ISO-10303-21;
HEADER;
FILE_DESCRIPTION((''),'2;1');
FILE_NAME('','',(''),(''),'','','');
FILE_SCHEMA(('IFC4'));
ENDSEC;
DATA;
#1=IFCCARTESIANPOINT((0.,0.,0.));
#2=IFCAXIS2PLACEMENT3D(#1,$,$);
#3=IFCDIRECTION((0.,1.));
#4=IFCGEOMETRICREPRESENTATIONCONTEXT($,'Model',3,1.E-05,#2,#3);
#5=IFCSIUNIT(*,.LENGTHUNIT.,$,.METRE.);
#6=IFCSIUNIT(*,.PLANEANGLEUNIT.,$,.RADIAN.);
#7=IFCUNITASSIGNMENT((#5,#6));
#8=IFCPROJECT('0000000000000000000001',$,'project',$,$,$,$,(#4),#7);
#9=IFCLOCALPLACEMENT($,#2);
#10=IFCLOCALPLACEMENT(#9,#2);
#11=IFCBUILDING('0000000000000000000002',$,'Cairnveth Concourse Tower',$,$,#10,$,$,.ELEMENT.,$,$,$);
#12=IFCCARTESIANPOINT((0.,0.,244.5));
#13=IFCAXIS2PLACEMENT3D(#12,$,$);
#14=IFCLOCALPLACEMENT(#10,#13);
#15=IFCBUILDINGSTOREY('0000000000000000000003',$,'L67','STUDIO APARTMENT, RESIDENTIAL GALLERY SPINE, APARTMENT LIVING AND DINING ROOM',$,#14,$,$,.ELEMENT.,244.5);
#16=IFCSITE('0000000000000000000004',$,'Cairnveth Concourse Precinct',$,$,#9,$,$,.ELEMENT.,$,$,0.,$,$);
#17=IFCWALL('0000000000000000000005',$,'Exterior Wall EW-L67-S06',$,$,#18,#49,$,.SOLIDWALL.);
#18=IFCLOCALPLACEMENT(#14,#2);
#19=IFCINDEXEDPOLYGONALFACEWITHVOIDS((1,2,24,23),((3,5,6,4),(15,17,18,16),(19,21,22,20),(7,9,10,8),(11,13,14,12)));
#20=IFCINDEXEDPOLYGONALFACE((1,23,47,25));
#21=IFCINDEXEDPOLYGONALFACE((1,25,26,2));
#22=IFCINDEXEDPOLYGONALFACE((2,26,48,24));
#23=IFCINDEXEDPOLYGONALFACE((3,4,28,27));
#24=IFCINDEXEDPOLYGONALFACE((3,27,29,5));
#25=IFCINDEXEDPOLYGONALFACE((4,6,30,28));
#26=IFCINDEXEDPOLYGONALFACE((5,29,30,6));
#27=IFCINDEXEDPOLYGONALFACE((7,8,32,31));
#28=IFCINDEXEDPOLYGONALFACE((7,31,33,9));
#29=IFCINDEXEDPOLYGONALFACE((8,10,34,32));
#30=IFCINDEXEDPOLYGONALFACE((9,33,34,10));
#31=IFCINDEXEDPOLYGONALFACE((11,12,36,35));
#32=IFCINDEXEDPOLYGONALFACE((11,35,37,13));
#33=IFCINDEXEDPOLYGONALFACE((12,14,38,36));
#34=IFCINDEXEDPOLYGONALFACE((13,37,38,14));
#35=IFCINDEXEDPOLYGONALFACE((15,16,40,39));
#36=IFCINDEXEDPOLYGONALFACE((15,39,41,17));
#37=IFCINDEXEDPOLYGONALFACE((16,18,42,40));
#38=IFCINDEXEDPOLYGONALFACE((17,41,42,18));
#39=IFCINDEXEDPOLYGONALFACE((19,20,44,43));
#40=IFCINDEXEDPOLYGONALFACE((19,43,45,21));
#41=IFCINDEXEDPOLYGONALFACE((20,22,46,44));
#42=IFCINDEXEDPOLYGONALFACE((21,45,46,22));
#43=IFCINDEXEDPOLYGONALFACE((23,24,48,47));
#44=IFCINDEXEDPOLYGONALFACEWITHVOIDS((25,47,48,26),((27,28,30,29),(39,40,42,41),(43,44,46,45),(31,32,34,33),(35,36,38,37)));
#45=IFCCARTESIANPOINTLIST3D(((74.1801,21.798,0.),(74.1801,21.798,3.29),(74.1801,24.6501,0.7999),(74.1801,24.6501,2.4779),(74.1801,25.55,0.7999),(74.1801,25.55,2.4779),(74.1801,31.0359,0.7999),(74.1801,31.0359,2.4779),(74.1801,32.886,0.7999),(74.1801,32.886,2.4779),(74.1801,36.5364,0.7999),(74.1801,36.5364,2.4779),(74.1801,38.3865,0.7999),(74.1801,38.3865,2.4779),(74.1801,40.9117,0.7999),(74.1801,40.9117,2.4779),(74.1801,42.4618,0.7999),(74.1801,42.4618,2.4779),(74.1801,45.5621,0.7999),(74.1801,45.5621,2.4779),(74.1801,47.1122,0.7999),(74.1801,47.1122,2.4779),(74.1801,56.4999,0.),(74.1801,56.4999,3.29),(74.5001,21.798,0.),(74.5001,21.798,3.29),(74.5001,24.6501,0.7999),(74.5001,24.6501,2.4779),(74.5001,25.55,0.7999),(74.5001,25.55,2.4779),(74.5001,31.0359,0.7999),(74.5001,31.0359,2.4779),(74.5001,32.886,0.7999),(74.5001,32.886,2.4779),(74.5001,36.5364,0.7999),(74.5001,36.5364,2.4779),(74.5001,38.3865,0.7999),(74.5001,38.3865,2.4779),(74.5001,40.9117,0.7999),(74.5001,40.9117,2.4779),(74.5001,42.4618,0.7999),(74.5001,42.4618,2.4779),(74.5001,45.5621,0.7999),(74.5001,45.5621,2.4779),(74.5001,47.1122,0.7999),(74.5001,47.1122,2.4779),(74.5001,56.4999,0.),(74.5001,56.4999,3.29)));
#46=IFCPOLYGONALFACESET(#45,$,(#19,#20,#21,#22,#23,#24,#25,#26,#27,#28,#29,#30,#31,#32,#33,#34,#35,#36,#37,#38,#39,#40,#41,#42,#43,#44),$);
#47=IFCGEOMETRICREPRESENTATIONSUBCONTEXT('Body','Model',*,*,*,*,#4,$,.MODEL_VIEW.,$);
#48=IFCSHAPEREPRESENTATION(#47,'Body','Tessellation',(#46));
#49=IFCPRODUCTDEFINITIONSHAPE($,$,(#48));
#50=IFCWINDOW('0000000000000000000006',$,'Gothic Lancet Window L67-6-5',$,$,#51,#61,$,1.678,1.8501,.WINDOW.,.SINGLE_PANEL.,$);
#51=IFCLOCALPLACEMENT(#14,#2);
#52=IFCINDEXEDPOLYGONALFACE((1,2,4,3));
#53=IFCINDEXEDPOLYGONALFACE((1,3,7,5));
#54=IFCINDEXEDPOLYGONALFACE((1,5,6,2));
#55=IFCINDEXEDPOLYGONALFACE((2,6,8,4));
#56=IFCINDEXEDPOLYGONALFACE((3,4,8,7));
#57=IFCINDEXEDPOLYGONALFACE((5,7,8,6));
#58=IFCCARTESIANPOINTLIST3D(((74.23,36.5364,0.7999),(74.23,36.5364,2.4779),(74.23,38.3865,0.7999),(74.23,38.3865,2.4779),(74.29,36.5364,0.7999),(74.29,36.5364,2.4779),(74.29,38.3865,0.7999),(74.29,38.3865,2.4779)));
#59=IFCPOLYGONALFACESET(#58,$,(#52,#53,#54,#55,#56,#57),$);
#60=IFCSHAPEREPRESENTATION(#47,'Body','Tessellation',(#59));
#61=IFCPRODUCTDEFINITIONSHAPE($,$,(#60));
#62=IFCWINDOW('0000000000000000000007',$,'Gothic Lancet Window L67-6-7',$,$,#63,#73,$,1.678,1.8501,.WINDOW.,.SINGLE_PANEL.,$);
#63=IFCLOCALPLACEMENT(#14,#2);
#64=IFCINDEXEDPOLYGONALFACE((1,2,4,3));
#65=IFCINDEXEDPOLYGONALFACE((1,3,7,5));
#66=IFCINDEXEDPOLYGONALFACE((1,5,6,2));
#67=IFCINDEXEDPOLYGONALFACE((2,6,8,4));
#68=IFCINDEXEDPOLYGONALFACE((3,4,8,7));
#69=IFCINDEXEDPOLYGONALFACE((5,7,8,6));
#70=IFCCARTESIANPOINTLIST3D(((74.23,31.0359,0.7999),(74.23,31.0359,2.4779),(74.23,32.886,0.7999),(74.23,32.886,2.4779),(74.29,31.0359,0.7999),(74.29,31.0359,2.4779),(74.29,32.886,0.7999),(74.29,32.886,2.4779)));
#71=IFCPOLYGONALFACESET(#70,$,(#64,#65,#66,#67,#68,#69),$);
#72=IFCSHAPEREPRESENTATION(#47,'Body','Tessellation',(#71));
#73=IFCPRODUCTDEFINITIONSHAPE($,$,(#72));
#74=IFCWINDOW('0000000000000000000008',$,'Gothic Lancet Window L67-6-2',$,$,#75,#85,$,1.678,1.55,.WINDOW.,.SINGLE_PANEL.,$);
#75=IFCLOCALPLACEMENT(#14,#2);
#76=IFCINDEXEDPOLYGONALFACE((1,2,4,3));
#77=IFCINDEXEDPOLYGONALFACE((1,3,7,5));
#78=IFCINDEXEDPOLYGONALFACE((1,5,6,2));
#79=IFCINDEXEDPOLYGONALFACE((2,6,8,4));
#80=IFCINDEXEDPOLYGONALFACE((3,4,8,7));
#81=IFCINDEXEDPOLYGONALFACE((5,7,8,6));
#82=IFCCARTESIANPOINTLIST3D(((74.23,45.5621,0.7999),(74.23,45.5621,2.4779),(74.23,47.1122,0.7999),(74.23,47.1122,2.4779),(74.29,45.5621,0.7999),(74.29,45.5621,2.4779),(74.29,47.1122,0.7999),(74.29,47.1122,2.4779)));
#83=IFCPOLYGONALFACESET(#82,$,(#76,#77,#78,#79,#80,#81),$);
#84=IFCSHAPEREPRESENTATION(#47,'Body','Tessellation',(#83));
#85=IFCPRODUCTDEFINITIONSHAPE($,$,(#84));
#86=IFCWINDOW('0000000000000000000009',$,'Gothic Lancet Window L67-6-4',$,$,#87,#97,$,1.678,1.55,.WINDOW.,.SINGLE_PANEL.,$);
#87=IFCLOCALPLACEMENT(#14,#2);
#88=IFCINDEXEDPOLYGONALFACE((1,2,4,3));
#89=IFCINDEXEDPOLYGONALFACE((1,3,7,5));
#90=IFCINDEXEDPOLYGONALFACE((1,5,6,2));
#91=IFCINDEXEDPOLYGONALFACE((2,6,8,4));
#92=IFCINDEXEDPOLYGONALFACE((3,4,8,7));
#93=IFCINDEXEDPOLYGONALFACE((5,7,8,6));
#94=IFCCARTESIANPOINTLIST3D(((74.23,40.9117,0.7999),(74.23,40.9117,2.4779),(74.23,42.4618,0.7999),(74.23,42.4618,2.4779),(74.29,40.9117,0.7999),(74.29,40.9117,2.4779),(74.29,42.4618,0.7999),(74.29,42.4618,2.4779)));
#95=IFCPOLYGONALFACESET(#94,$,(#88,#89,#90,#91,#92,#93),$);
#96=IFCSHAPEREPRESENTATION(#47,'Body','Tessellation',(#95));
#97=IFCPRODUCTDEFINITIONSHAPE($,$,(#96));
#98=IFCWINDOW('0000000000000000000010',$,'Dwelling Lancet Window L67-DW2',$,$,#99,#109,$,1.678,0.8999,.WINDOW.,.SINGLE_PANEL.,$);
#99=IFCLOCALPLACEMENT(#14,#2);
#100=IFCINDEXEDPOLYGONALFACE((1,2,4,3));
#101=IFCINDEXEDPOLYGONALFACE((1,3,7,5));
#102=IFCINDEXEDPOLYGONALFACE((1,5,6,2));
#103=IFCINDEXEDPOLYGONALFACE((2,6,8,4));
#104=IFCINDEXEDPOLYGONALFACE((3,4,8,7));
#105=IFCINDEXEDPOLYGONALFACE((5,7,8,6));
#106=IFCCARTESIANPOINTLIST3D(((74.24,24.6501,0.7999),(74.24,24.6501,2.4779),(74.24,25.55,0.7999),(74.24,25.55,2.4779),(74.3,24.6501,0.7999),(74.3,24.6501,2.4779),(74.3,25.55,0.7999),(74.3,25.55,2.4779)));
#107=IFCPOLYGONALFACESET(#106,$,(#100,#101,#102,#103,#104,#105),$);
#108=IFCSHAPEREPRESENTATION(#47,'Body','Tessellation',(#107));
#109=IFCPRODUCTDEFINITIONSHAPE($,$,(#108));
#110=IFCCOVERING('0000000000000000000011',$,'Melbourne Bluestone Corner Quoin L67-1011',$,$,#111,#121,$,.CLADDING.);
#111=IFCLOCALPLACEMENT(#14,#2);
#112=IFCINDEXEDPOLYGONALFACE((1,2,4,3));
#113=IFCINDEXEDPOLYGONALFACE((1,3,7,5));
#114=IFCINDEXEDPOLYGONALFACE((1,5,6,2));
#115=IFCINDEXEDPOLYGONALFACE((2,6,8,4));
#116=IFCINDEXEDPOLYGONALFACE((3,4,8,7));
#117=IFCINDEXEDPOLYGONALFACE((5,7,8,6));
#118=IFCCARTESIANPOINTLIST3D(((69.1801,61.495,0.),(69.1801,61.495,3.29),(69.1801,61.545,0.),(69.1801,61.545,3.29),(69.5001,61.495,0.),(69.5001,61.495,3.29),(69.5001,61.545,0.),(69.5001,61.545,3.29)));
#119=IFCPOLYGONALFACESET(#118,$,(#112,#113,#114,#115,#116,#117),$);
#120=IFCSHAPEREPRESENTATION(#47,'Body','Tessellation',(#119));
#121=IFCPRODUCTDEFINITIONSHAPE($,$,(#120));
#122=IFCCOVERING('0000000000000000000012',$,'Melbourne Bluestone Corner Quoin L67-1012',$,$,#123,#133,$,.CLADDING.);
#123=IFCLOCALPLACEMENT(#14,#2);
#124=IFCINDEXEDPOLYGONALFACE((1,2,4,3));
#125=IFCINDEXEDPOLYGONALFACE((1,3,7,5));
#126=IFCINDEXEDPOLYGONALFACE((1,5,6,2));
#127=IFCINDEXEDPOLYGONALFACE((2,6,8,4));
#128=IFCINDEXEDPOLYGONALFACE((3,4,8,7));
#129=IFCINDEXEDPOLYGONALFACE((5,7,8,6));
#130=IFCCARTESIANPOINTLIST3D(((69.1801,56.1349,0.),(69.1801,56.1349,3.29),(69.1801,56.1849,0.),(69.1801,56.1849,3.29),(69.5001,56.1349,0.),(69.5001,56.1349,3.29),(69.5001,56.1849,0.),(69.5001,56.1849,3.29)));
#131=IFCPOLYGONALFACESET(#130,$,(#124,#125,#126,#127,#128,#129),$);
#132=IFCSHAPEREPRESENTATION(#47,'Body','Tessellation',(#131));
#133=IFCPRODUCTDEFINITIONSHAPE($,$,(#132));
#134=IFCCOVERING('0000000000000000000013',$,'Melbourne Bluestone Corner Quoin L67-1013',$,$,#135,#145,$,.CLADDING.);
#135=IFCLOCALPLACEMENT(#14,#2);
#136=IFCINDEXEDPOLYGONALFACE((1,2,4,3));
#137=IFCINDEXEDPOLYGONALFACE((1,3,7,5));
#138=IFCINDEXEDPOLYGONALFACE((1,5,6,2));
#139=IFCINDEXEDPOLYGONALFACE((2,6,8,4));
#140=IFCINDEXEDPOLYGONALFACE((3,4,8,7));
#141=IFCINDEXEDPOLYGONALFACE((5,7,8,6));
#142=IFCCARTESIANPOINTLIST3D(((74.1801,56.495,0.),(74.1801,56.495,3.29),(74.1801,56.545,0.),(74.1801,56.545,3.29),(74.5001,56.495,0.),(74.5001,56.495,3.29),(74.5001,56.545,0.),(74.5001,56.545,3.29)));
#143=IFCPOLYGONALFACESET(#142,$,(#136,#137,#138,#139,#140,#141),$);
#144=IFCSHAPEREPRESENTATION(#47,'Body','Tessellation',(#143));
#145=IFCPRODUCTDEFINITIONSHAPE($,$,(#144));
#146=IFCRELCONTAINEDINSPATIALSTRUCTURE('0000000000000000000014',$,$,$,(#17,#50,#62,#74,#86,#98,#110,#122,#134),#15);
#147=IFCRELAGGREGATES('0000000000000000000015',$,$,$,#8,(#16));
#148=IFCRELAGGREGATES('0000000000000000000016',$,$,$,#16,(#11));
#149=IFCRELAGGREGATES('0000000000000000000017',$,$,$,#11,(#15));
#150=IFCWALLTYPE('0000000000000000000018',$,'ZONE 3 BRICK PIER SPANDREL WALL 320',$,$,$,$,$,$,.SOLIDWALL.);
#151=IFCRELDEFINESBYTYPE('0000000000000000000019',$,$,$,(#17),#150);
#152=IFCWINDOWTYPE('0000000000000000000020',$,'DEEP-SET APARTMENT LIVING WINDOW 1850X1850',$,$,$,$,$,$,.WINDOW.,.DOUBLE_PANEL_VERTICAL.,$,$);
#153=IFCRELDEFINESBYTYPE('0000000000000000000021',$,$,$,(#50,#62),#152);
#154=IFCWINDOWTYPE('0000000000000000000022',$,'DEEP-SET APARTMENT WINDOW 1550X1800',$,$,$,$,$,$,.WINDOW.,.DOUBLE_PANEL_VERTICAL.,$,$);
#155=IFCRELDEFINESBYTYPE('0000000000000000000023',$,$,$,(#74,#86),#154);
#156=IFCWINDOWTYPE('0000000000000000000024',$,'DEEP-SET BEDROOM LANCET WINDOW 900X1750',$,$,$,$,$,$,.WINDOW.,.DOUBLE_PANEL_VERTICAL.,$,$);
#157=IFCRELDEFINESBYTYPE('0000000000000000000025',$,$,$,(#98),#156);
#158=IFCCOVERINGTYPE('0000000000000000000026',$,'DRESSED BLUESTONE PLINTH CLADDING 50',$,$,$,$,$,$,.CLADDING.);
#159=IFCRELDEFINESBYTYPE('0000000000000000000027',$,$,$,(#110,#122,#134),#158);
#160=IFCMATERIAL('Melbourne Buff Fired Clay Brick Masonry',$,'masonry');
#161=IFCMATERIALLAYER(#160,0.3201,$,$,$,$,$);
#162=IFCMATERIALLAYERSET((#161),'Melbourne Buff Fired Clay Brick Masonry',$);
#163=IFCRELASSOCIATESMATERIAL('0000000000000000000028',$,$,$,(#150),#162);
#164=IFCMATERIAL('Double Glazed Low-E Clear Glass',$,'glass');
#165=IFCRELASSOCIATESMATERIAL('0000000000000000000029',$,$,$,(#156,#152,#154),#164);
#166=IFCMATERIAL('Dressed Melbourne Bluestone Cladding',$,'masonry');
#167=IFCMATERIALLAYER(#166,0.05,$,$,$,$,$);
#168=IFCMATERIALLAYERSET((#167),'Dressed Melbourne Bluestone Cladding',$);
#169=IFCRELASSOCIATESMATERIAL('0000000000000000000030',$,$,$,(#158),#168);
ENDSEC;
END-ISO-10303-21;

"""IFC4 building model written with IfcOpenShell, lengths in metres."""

from ifc_helpers import new_model, si_unit, direction, frame, frame_2d, origin, place, context, subcontext, project, spatial, rectangle, extrude, material, layer, layer_set, type_object, element, fill, save


model = new_model("IFC4")

# Units and contexts
model_context = context("Model", 3, precision=1e-05, world=origin(), true_north=direction((0.0, 1.0)))
body_context = subcontext(model_context, "Body", "Model", "MODEL_VIEW")
ifc_project = project(units=[si_unit("LENGTHUNIT", "METRE"), si_unit("PLANEANGLEUNIT", "RADIAN")], contexts=[model_context])

# Site, building, storey
site_placement = place(None, origin())
site = spatial("IfcSite", under=ifc_project, at=site_placement, Name="Cairnveth Concourse Precinct", CompositionType="ELEMENT", RefElevation=0.0)
building_placement = place(site_placement, origin())
building = spatial("IfcBuilding", under=site, at=building_placement, Name="Cairnveth Concourse Tower", CompositionType="ELEMENT")
storey_placement = place(building_placement, frame((0.0, 0.0, 244.5)))
storey = spatial("IfcBuildingStorey", under=building, at=storey_placement, Name="L67", Description="STUDIO APARTMENT, RESIDENTIAL GALLERY SPINE, APARTMENT LIVING AND DINING ROOM", CompositionType="ELEMENT", Elevation=244.5)

# Shared definitions
ifc_material_1 = material(Name="Melbourne Buff Fired Clay Brick Masonry", Category="masonry")
ifc_layer_1 = layer(ifc_material_1, 0.3201)
ifc_layer_set_1 = layer_set([ifc_layer_1], Name="Melbourne Buff Fired Clay Brick Masonry")
wall_type_1 = type_object("IfcWallType", Name="ZONE 3 BRICK PIER SPANDREL WALL 320", PredefinedType="SOLIDWALL", material=ifc_layer_set_1)
ifc_material_2 = material(Name="Double Glazed Low-E Clear Glass", Category="glass")
window_type_1 = type_object("IfcWindowType", Name="DEEP-SET BEDROOM LANCET WINDOW 900X1750", PartitioningType="DOUBLE_PANEL_VERTICAL", PredefinedType="WINDOW", material=ifc_material_2)

# Wall, openings, windows
wall_1_placement = place(storey_placement, frame((74.3401, 56.5, 0.0), z_axis=(0.0, 0.0, 1.0), x_axis=(0.0, -1.0, 0.0)))
wall_1 = element("IfcWall", 1, at=wall_1_placement, inside=storey, type_object=wall_type_1, Name="Exterior Wall EW-L67-S06", PredefinedType="SOLIDWALL", context=body_context, shape_type="SweptSolid", body=[
    extrude(rectangle(XDim=34.7019, YDim=0.3201, at=frame_2d((17.3511, 0.0))), origin(), (0.0, 0.0, 1.0), 3.29),
])
opening_1_placement = place(wall_1_placement, frame((9.3879, 0.0, 0.8)))
opening_1 = element("IfcOpeningElement", 2, at=opening_1_placement, cuts=wall_1, PredefinedType="OPENING", context=body_context, shape_type="SweptSolid", body=[
    extrude(rectangle(XDim=1.55, YDim=1.678, at=frame_2d((0.7749, 0.8389))), frame((0.0, 0.1699, 0.0), z_axis=(0.0, -1.0, 0.0), x_axis=(1.0, 0.0, 0.0)), (0.0, 0.0, 1.0), 0.3401),
])
opening_2_placement = place(wall_1_placement, frame((14.0383, 0.0, 0.8)))
opening_2 = element("IfcOpeningElement", 3, at=opening_2_placement, cuts=wall_1, PredefinedType="OPENING", context=body_context, shape_type="SweptSolid", body=[
    extrude(rectangle(XDim=1.55, YDim=1.678, at=frame_2d((0.7749, 0.8389))), frame((0.0, 0.1699, 0.0), z_axis=(0.0, -1.0, 0.0), x_axis=(1.0, 0.0, 0.0)), (0.0, 0.0, 1.0), 0.3401),
])
opening_3_placement = place(wall_1_placement, frame((18.1135, 0.0, 0.8)))
opening_3 = element("IfcOpeningElement", 4, at=opening_3_placement, cuts=wall_1, PredefinedType="OPENING", context=body_context, shape_type="SweptSolid", body=[
    extrude(rectangle(XDim=1.8501, YDim=1.678, at=frame_2d((0.925, 0.8389))), frame((0.0, 0.1699, 0.0), z_axis=(0.0, -1.0, 0.0), x_axis=(1.0, 0.0, 0.0)), (0.0, 0.0, 1.0), 0.3401),
])
opening_4_placement = place(wall_1_placement, frame((23.614, 0.0, 0.8)))
opening_4 = element("IfcOpeningElement", 5, at=opening_4_placement, cuts=wall_1, PredefinedType="OPENING", context=body_context, shape_type="SweptSolid", body=[
    extrude(rectangle(XDim=1.8501, YDim=1.678, at=frame_2d((0.925, 0.8389))), frame((0.0, 0.1699, 0.0), z_axis=(0.0, -1.0, 0.0), x_axis=(1.0, 0.0, 0.0)), (0.0, 0.0, 1.0), 0.3401),
])
opening_5_placement = place(wall_1_placement, frame((30.95, 0.0, 0.8)))
opening_5 = element("IfcOpeningElement", 6, at=opening_5_placement, cuts=wall_1, PredefinedType="OPENING", context=body_context, shape_type="SweptSolid", body=[
    extrude(rectangle(XDim=0.8999, YDim=1.678, at=frame_2d((0.45, 0.8389))), frame((0.0, 0.1699, 0.0), z_axis=(0.0, -1.0, 0.0), x_axis=(1.0, 0.0, 0.0)), (0.0, 0.0, 1.0), 0.3401),
])
window_type_2 = type_object("IfcWindowType", Name="DEEP-SET APARTMENT LIVING WINDOW 1850X1850", PartitioningType="DOUBLE_PANEL_VERTICAL", PredefinedType="WINDOW", material=ifc_material_2)
window_1_placement = place(opening_3_placement, origin())
window_1 = element("IfcWindow", 7, at=window_1_placement, inside=storey, type_object=window_type_2, Name="Gothic Lancet Window L67-6-5", OverallHeight=1.678, OverallWidth=1.8501, PartitioningType="SINGLE_PANEL", PredefinedType="WINDOW", context=body_context, shape_type="SweptSolid", body=[
    extrude(rectangle(XDim=1.8501, YDim=1.678, at=frame_2d((0.925, 0.8389))), frame((0.0, -0.05, 0.0), z_axis=(0.0, -1.0, 0.0), x_axis=(1.0, 0.0, 0.0)), (0.0, 0.0, 1.0), 0.0601),
])
fill(opening_3, window_1)
window_2_placement = place(opening_4_placement, origin())
window_2 = element("IfcWindow", 8, at=window_2_placement, inside=storey, type_object=window_type_2, Name="Gothic Lancet Window L67-6-7", OverallHeight=1.678, OverallWidth=1.8501, PartitioningType="SINGLE_PANEL", PredefinedType="WINDOW", context=body_context, shape_type="SweptSolid", body=[
    extrude(rectangle(XDim=1.8501, YDim=1.678, at=frame_2d((0.925, 0.8389))), frame((0.0, -0.05, 0.0), z_axis=(0.0, -1.0, 0.0), x_axis=(1.0, 0.0, 0.0)), (0.0, 0.0, 1.0), 0.0601),
])
fill(opening_4, window_2)
window_type_3 = type_object("IfcWindowType", Name="DEEP-SET APARTMENT WINDOW 1550X1800", PartitioningType="DOUBLE_PANEL_VERTICAL", PredefinedType="WINDOW", material=ifc_material_2)
window_3_placement = place(opening_1_placement, origin())
window_3 = element("IfcWindow", 9, at=window_3_placement, inside=storey, type_object=window_type_3, Name="Gothic Lancet Window L67-6-2", OverallHeight=1.678, OverallWidth=1.55, PartitioningType="SINGLE_PANEL", PredefinedType="WINDOW", context=body_context, shape_type="SweptSolid", body=[
    extrude(rectangle(XDim=1.55, YDim=1.678, at=frame_2d((0.7749, 0.8389))), frame((0.0, -0.05, 0.0), z_axis=(0.0, -1.0, 0.0), x_axis=(1.0, 0.0, 0.0)), (0.0, 0.0, 1.0), 0.0601),
])
fill(opening_1, window_3)
window_4_placement = place(opening_2_placement, origin())
window_4 = element("IfcWindow", 10, at=window_4_placement, inside=storey, type_object=window_type_3, Name="Gothic Lancet Window L67-6-4", OverallHeight=1.678, OverallWidth=1.55, PartitioningType="SINGLE_PANEL", PredefinedType="WINDOW", context=body_context, shape_type="SweptSolid", body=[
    extrude(rectangle(XDim=1.55, YDim=1.678, at=frame_2d((0.7749, 0.8389))), frame((0.0, -0.05, 0.0), z_axis=(0.0, -1.0, 0.0), x_axis=(1.0, 0.0, 0.0)), (0.0, 0.0, 1.0), 0.0601),
])
fill(opening_2, window_4)
window_5_placement = place(opening_5_placement, origin())
window_5 = element("IfcWindow", 11, at=window_5_placement, inside=storey, type_object=window_type_1, Name="Dwelling Lancet Window L67-DW2", OverallHeight=1.678, OverallWidth=0.8999, PartitioningType="SINGLE_PANEL", PredefinedType="WINDOW", context=body_context, shape_type="SweptSolid", body=[
    extrude(rectangle(XDim=0.8999, YDim=1.678, at=frame_2d((0.45, 0.8389))), frame((0.0, -0.04, 0.0), z_axis=(0.0, -1.0, 0.0), x_axis=(1.0, 0.0, 0.0)), (0.0, 0.0, 1.0), 0.0601),
])
fill(opening_5, window_5)

# Coverings
ifc_material_3 = material(Name="Dressed Melbourne Bluestone Cladding", Category="masonry")
ifc_layer_2 = layer(ifc_material_3, 0.05)
ifc_layer_set_2 = layer_set([ifc_layer_2], Name="Dressed Melbourne Bluestone Cladding")
covering_type = type_object("IfcCoveringType", Name="DRESSED BLUESTONE PLINTH CLADDING 50", PredefinedType="CLADDING", material=ifc_layer_set_2)
for number, where, z_axis, x_axis, name in (
    (12, (69.1799, 61.52, 0.0), (0.0, 0.0, 1.0), (1.0, 0.0, 0.0), "Melbourne Bluestone Corner Quoin L67-1011"),
    (13, (69.1799, 56.1599, 0.0), (0.0, 0.0, 1.0), (1.0, 0.0, 0.0), "Melbourne Bluestone Corner Quoin L67-1012"),
    (14, (74.1799, 56.52, 0.0), (0.0, 0.0, 1.0), (1.0, 0.0, 0.0), "Melbourne Bluestone Corner Quoin L67-1013"),
):
    element("IfcCovering", number, at=place(storey_placement, frame(where, z_axis=z_axis, x_axis=x_axis)), inside=storey, type_object=covering_type, Name=name, PredefinedType="CLADDING", context=body_context, shape_type="SweptSolid", body=[
        extrude(rectangle(XDim=0.3201, YDim=0.05, at=frame_2d((0.1602, 0.0))), origin(), (0.0, 0.0, 1.0), 3.29),
    ])

save(model, "model.ifc")
